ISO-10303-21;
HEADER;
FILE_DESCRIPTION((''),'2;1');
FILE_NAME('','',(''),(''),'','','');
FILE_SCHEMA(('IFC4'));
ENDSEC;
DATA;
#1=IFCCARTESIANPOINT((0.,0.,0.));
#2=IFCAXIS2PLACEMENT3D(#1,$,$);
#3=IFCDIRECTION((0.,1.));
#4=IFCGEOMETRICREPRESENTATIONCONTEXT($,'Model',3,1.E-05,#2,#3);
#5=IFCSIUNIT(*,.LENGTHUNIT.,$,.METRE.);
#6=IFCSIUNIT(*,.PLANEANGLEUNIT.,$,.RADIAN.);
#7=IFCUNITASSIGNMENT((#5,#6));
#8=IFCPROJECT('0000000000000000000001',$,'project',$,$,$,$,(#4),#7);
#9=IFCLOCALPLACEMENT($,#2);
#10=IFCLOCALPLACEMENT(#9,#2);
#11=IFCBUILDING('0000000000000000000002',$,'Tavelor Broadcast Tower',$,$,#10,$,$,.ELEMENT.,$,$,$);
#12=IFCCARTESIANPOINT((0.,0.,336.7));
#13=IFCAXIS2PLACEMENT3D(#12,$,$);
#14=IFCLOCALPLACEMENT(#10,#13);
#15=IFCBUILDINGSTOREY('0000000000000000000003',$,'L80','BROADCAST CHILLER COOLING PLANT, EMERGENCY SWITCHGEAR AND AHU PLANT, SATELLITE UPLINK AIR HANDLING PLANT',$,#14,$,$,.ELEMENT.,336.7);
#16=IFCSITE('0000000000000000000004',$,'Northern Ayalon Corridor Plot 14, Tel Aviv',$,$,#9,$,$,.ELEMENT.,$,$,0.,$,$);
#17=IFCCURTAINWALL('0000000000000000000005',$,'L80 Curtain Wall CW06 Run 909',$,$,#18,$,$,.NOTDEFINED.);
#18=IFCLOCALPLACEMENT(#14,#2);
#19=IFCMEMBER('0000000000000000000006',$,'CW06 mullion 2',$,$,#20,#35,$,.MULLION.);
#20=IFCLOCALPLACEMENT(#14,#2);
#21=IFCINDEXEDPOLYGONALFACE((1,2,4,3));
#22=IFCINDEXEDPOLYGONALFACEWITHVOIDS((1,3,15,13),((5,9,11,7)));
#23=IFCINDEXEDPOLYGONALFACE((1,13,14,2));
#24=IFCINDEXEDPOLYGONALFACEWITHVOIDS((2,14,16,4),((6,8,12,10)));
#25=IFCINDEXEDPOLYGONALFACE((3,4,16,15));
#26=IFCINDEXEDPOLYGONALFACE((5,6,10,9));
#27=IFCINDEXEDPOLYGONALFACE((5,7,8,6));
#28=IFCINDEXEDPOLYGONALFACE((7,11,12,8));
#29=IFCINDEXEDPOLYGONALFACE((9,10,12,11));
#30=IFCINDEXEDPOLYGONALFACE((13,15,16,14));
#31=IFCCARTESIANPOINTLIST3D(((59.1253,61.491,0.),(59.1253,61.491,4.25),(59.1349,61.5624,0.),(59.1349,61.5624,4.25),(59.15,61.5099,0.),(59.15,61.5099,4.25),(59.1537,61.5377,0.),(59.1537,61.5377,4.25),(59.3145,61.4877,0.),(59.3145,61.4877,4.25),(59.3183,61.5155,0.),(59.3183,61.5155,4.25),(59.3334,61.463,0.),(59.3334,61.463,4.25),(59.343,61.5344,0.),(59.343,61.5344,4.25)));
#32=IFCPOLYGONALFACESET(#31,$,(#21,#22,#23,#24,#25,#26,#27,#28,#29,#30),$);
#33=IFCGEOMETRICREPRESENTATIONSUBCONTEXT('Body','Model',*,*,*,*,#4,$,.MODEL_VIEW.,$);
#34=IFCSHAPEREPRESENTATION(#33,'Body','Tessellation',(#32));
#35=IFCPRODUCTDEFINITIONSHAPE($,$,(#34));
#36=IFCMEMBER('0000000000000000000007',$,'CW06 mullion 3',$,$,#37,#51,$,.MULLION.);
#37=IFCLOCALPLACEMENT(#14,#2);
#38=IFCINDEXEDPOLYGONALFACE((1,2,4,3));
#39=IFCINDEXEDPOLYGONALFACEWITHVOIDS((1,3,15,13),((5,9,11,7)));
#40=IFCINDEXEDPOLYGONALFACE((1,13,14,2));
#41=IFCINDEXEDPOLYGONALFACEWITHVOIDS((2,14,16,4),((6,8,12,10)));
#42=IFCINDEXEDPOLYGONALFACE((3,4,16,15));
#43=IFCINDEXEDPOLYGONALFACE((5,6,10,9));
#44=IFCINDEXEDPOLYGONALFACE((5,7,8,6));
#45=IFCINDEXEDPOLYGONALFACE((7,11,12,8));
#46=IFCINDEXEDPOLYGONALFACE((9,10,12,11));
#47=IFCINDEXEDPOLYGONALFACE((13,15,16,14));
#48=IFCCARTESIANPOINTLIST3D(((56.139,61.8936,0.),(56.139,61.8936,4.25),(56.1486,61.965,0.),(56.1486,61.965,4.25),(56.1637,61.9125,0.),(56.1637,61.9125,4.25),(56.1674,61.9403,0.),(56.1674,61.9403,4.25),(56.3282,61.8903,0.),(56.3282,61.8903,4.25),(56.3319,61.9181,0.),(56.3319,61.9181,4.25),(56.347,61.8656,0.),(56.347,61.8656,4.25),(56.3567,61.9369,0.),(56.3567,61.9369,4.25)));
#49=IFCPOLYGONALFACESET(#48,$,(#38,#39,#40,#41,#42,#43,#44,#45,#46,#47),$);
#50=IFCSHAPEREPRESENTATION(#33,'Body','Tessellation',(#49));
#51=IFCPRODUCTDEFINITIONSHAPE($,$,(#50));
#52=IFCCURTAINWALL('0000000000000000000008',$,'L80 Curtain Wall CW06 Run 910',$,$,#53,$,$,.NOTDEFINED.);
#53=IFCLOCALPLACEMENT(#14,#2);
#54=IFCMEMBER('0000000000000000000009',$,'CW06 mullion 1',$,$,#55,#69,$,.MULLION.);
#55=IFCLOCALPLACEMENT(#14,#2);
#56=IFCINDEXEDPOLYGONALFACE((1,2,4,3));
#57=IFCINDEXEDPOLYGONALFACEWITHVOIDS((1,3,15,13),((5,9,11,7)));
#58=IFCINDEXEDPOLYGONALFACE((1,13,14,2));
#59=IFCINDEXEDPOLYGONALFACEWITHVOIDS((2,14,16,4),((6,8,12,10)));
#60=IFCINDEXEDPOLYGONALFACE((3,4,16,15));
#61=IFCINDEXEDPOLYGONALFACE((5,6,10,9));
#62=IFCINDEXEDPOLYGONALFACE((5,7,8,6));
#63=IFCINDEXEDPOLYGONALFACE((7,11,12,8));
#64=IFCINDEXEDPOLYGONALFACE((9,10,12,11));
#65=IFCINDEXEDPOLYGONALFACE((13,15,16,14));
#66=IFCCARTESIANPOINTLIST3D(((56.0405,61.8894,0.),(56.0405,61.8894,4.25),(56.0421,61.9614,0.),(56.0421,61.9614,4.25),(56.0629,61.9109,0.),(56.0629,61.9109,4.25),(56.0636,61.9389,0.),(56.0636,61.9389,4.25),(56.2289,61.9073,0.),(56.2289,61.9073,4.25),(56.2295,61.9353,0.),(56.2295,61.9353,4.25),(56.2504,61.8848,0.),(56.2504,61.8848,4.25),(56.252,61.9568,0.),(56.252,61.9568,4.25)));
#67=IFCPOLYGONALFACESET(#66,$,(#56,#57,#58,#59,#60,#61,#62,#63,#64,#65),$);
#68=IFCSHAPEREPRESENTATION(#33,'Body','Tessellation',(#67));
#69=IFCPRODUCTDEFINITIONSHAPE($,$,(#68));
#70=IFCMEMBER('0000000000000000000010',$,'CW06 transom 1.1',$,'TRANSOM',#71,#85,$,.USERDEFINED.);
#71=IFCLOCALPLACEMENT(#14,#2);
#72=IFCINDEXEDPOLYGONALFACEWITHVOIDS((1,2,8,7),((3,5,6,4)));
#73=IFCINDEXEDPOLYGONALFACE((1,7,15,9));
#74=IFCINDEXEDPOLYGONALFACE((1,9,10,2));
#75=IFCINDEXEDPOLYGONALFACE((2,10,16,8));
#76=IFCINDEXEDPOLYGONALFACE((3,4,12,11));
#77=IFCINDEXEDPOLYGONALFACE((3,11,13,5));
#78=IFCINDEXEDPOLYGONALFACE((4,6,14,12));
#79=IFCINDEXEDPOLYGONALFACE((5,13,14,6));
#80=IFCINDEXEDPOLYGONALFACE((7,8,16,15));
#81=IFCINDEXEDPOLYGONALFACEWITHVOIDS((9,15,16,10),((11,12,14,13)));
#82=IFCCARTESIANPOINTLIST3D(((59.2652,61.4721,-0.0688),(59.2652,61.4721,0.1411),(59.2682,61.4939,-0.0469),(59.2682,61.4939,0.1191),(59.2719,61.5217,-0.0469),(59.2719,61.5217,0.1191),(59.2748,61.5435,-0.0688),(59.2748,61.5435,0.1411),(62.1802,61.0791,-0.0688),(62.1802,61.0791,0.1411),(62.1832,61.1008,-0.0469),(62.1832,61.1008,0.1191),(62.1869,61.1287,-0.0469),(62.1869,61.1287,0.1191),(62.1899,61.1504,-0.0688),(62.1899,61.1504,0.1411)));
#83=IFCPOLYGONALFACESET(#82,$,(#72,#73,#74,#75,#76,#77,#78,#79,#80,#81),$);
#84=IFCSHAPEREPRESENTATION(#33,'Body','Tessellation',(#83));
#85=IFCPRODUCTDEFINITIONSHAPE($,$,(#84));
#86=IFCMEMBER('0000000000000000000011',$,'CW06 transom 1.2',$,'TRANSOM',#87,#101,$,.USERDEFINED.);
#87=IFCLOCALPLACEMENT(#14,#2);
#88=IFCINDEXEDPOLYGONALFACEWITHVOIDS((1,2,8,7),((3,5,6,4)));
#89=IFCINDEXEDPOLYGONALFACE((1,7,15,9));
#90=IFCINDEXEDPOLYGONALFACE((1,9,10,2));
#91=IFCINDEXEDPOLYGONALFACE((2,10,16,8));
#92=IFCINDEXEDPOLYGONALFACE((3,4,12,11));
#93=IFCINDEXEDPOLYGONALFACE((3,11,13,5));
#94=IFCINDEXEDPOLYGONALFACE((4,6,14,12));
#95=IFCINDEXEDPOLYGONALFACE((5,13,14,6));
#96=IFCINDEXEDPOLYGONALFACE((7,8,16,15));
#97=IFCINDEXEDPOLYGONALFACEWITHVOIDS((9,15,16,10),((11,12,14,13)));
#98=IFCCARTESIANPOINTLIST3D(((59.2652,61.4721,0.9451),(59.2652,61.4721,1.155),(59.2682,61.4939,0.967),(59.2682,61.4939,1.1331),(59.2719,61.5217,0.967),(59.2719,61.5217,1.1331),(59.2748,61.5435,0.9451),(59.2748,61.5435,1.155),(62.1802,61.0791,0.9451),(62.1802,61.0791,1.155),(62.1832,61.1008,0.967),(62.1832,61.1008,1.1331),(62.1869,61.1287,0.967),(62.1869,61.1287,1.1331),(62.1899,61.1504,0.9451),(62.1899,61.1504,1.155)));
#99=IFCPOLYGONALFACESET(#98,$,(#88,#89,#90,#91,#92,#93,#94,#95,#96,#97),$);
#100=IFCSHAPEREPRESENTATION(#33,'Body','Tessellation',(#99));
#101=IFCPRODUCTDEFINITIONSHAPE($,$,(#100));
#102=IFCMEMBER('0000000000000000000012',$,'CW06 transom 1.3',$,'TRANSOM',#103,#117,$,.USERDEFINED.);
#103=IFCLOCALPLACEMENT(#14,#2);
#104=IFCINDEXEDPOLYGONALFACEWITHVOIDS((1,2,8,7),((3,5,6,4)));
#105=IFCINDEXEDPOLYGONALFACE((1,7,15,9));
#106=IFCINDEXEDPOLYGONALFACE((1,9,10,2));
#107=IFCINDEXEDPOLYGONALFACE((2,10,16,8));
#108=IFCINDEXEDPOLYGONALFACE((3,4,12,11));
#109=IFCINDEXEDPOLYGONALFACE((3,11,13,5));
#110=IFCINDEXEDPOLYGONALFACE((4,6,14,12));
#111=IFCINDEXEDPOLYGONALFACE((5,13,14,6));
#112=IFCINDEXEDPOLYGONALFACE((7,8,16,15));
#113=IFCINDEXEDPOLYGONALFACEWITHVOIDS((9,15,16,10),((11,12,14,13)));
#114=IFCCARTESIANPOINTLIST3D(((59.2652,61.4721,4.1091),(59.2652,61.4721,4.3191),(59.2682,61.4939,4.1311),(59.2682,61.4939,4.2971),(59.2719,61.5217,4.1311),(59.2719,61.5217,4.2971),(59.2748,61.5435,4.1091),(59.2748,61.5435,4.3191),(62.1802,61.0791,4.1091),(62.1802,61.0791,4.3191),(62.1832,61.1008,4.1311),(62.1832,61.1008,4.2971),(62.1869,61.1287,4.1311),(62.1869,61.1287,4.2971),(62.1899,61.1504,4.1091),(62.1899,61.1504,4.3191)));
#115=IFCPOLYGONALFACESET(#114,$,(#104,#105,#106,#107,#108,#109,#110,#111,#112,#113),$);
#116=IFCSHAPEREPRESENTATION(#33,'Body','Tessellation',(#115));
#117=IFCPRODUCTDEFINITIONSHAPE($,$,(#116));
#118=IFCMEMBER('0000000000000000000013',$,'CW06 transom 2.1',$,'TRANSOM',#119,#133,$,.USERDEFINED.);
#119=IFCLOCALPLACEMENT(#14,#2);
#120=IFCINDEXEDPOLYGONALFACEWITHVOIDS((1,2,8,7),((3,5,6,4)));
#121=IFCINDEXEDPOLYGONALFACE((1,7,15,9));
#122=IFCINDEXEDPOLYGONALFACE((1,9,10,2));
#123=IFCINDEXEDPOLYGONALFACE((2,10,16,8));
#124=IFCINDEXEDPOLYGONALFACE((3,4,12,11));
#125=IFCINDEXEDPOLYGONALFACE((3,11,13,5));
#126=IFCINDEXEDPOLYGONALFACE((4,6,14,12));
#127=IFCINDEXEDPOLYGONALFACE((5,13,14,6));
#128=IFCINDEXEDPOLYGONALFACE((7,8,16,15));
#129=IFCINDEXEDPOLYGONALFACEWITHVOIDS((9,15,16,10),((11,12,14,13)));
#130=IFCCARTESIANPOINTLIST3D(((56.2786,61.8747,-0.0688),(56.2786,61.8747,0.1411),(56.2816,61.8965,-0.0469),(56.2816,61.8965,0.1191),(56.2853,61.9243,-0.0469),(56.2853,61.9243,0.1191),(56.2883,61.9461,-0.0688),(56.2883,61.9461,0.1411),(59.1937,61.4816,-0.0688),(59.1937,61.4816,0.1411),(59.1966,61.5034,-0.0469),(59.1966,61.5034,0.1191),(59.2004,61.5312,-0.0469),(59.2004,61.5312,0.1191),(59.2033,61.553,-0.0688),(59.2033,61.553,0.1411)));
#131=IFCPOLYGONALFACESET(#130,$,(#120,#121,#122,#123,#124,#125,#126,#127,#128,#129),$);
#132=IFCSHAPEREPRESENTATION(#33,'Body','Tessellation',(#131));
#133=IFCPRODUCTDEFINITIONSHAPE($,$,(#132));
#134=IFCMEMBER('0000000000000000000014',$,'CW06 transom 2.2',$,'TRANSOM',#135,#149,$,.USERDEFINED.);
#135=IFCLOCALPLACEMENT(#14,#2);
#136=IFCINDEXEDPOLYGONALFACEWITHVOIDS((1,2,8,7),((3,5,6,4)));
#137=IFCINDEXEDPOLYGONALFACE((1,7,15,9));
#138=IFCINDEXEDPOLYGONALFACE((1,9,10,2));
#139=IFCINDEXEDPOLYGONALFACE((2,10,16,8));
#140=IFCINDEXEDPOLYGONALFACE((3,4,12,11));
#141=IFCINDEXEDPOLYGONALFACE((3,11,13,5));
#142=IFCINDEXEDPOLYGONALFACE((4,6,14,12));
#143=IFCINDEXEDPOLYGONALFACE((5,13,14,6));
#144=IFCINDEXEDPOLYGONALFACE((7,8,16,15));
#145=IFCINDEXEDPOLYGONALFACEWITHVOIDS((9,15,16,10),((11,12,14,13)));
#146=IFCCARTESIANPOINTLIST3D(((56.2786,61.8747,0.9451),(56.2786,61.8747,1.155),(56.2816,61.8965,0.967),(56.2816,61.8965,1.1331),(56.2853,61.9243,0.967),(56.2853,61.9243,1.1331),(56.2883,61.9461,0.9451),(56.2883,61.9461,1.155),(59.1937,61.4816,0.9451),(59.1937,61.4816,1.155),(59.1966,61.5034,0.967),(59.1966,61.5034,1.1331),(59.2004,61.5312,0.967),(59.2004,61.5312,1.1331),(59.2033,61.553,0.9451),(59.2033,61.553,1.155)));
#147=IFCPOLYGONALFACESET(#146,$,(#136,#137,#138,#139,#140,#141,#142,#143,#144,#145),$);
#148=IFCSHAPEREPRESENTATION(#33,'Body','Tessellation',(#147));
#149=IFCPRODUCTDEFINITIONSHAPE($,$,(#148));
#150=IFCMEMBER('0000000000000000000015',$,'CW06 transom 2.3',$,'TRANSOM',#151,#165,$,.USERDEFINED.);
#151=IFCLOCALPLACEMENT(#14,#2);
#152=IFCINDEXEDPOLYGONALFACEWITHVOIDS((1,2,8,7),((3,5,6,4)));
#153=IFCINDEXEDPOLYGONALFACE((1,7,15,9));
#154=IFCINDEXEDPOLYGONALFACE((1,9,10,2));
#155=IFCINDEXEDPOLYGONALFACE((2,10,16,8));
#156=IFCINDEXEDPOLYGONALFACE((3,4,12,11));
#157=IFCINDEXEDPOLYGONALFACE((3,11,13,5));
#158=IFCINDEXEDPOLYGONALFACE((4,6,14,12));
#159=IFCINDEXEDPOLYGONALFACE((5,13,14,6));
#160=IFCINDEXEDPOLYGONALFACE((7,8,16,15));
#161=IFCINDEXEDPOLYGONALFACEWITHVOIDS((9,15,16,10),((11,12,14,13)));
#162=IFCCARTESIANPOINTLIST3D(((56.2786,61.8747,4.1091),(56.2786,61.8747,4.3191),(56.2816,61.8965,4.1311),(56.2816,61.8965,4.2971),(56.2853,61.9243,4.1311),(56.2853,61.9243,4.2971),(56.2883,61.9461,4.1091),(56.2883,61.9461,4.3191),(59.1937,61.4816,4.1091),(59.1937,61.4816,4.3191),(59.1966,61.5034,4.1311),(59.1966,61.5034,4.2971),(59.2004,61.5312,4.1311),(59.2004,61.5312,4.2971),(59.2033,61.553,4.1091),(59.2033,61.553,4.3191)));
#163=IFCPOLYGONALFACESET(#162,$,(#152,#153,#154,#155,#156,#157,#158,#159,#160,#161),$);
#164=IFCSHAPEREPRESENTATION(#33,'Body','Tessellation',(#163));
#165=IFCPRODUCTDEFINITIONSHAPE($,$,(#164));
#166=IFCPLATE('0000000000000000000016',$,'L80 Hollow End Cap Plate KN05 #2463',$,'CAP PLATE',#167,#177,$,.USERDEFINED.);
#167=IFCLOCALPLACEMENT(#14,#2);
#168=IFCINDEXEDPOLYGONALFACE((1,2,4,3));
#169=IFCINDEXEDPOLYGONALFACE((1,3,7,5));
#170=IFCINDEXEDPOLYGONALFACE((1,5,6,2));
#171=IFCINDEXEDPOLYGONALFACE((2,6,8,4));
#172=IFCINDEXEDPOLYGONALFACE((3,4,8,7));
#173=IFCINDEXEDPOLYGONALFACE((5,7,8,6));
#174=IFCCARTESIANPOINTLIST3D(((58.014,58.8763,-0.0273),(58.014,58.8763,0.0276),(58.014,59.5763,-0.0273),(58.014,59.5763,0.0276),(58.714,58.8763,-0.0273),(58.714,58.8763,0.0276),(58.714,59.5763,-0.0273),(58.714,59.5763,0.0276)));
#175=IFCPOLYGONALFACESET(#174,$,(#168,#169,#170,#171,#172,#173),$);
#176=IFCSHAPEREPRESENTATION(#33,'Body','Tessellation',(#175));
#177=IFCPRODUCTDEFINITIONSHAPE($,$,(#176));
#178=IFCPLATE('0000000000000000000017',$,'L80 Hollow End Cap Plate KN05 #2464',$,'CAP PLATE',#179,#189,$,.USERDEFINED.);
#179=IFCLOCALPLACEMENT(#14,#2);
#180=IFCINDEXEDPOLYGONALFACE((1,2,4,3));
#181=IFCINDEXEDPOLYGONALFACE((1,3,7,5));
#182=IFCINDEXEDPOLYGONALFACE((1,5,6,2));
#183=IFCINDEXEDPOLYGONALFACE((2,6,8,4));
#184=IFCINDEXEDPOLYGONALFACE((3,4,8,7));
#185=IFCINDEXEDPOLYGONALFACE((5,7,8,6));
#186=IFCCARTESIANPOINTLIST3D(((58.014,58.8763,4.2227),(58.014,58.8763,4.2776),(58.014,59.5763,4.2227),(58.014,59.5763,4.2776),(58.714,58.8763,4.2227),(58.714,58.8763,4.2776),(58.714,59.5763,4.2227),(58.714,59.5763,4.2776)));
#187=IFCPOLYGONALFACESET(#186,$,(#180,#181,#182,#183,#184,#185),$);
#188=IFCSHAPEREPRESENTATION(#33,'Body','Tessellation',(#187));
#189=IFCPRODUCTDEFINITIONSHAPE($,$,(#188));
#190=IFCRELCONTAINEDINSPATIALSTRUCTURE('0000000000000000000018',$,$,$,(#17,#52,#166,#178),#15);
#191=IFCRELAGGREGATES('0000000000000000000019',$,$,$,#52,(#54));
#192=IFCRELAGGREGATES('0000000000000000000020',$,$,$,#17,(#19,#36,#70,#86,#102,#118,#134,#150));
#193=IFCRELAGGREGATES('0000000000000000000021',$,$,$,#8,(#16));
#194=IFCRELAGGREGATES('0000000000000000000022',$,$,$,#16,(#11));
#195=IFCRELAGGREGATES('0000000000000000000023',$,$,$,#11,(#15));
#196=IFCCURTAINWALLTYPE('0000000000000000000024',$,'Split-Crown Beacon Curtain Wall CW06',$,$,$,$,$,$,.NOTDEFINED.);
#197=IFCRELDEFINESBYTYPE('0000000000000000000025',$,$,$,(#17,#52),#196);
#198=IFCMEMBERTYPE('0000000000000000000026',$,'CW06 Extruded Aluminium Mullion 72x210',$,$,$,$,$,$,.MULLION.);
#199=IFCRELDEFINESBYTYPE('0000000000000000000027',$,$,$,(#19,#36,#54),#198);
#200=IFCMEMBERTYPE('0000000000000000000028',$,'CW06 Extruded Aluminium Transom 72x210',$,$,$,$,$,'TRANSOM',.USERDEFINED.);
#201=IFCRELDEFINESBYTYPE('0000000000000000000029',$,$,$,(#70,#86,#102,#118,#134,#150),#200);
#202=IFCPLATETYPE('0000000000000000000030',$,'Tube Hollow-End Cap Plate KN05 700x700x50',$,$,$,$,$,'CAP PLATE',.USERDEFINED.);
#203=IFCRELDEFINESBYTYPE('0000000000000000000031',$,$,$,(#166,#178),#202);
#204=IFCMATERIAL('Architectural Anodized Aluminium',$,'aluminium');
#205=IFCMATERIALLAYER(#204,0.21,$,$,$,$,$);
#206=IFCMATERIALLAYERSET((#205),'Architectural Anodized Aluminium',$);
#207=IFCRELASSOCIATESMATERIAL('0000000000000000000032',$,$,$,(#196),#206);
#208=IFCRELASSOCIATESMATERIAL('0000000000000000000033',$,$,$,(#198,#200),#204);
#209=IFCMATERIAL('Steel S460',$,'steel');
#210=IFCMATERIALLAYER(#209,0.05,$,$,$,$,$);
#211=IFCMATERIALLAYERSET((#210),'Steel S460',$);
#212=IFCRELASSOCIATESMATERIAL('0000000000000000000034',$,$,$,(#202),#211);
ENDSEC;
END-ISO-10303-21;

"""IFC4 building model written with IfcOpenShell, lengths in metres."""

from ifc_helpers import new_model, si_unit, direction, frame, origin, origin_2d, place, context, subcontext, project, spatial, rectangle, hollow_rectangle, extrude, source, transform, mapped, material, layer, layer_set, material_profile, profile_set, type_object, type_shapes, element, aggregate, save


model = new_model("IFC4")

# Units and contexts
model_context = context("Model", 3, precision=1e-05, world=origin(), true_north=direction((0.0, 1.0)))
body_context = subcontext(model_context, "Body", "Model", "MODEL_VIEW")
ifc_project = project(units=[si_unit("LENGTHUNIT", "METRE"), si_unit("PLANEANGLEUNIT", "RADIAN")], contexts=[model_context])

# Site, building, storey
site_placement = place(None, origin())
site = spatial("IfcSite", under=ifc_project, at=site_placement, Name="Northern Ayalon Corridor Plot 14, Tel Aviv", CompositionType="ELEMENT", RefElevation=0.0)
building_placement = place(site_placement, origin())
building = spatial("IfcBuilding", under=site, at=building_placement, Name="Tavelor Broadcast Tower", CompositionType="ELEMENT")
storey_placement = place(building_placement, frame((0.0, 0.0, 336.7)))
storey = spatial("IfcBuildingStorey", under=building, at=storey_placement, Name="L80", Description="BROADCAST CHILLER COOLING PLANT, EMERGENCY SWITCHGEAR AND AHU PLANT, SATELLITE UPLINK AIR HANDLING PLANT", CompositionType="ELEMENT", Elevation=336.7)

# Shared definitions
ifc_material_1 = material(Name="Architectural Anodized Aluminium", Category="aluminium")
ifc_layer_1 = layer(ifc_material_1, 0.21)
ifc_layer_set_1 = layer_set([ifc_layer_1], Name="Architectural Anodized Aluminium")
curtain_wall_type = type_object("IfcCurtainWallType", Name="Split-Crown Beacon Curtain Wall CW06", PredefinedType="NOTDEFINED", material=ifc_layer_set_1)
ifc_material_profile_1 = material_profile(ifc_material_1, hollow_rectangle(XDim=0.072, YDim=0.21, WallThickness=0.022, at=origin_2d()), Name="RHS 72x210x22")
ifc_profile_set_1 = profile_set([ifc_material_profile_1], Name="Architectural Anodized Aluminium")
member_type_1 = type_object("IfcMemberType", Name="CW06 Extruded Aluminium Mullion 72x210", PredefinedType="MULLION", material=ifc_profile_set_1)
shared_shape_1 = source(origin(), body_context, "Body", "SweptSolid", [
    extrude(hollow_rectangle(XDim=0.072, YDim=0.21, WallThickness=0.022, at=origin_2d()), origin(), (0.0, 0.0, 1.0), 4.25),
])
type_shapes(member_type_1, [shared_shape_1])

# Curtain wall, members
curtain_wall_1_placement = place(storey_placement, origin())
curtain_wall_1 = element("IfcCurtainWall", 1, at=curtain_wall_1_placement, inside=storey, type_object=curtain_wall_type, Name="L80 Curtain Wall CW06 Run 909", PredefinedType="NOTDEFINED")
member_1_placement = place(storey_placement, frame((59.2341, 61.5127, 0.0), z_axis=(0.0, 0.0, 1.0), x_axis=(-0.133628, -0.991031, 0.0)))
member_1 = element("IfcMember", 2, at=member_1_placement, type_object=member_type_1, Name="CW06 mullion 2", PredefinedType="MULLION", context=body_context, shape_type="MappedRepresentation", body=[
    mapped(shared_shape_1, transform((0.0, 0.0, 0.0), scale=1.0)),
])
member_2_placement = place(storey_placement, frame((56.2478, 61.9153, 0.0), z_axis=(0.0, 0.0, 1.0), x_axis=(-0.133628, -0.991031, 0.0)))
member_2 = element("IfcMember", 3, at=member_2_placement, type_object=member_type_1, Name="CW06 mullion 3", PredefinedType="MULLION", context=body_context, shape_type="MappedRepresentation", body=[
    mapped(shared_shape_1, transform((0.0, 0.0, 0.0), scale=1.0)),
])

# Curtain wall, member
curtain_wall_2_placement = place(storey_placement, origin())
curtain_wall_2 = element("IfcCurtainWall", 4, at=curtain_wall_2_placement, inside=storey, type_object=curtain_wall_type, Name="L80 Curtain Wall CW06 Run 910", PredefinedType="NOTDEFINED")
member_3_placement = place(storey_placement, frame((56.1462, 61.9231, 0.0), z_axis=(0.0, 0.0, 1.0), x_axis=(-0.021786, -0.999763, 0.0)))
member_3 = element("IfcMember", 5, at=member_3_placement, type_object=member_type_1, Name="CW06 mullion 1", PredefinedType="MULLION", context=body_context, shape_type="MappedRepresentation", body=[
    mapped(shared_shape_1, transform((0.0, 0.0, 0.0), scale=1.0)),
])
aggregate(curtain_wall_2, [member_3])

# Members
ifc_material_profile_2 = material_profile(ifc_material_1, hollow_rectangle(XDim=0.072, YDim=0.21, WallThickness=0.022, at=origin_2d()), Name="RHS 72x210x22")
ifc_profile_set_2 = profile_set([ifc_material_profile_2], Name="Architectural Anodized Aluminium")
member_type_2 = type_object("IfcMemberType", Name="CW06 Extruded Aluminium Transom 72x210", ElementType="TRANSOM", PredefinedType="USERDEFINED", material=ifc_profile_set_2)
shared_shape_2 = source(origin(), body_context, "Body", "SweptSolid", [
    extrude(hollow_rectangle(XDim=0.072, YDim=0.21, WallThickness=0.022, at=origin_2d()), origin(), (0.0, 0.0, 1.0), 2.9414),
])
type_shapes(member_type_2, [shared_shape_2])
member_4_placement = place(storey_placement, frame((62.1851, 61.1147, 0.0361), z_axis=(-0.991031, 0.133631, 0.0), x_axis=(-0.133631, -0.991031, 0.0)))
member_4 = element("IfcMember", 6, at=member_4_placement, type_object=member_type_2, Name="CW06 transom 1.1", ObjectType="TRANSOM", PredefinedType="USERDEFINED", context=body_context, shape_type="MappedRepresentation", body=[
    mapped(shared_shape_2, transform((0.0, 0.0, 0.0), scale=1.0)),
])
member_5_placement = place(storey_placement, frame((62.1851, 61.1147, 1.05), z_axis=(-0.991031, 0.133631, 0.0), x_axis=(-0.133631, -0.991031, 0.0)))
member_5 = element("IfcMember", 7, at=member_5_placement, type_object=member_type_2, Name="CW06 transom 1.2", ObjectType="TRANSOM", PredefinedType="USERDEFINED", context=body_context, shape_type="MappedRepresentation", body=[
    mapped(shared_shape_2, transform((0.0, 0.0, 0.0), scale=1.0)),
])
member_6_placement = place(storey_placement, frame((62.1851, 61.1147, 4.2141), z_axis=(-0.991031, 0.133631, 0.0), x_axis=(-0.133631, -0.991031, 0.0)))
member_6 = element("IfcMember", 8, at=member_6_placement, type_object=member_type_2, Name="CW06 transom 1.3", ObjectType="TRANSOM", PredefinedType="USERDEFINED", context=body_context, shape_type="MappedRepresentation", body=[
    mapped(shared_shape_2, transform((0.0, 0.0, 0.0), scale=1.0)),
])
member_7_placement = place(storey_placement, frame((59.1985, 61.5173, 0.0361), z_axis=(-0.991031, 0.133631, 0.0), x_axis=(-0.133631, -0.991031, 0.0)))
member_7 = element("IfcMember", 9, at=member_7_placement, type_object=member_type_2, Name="CW06 transom 2.1", ObjectType="TRANSOM", PredefinedType="USERDEFINED", context=body_context, shape_type="MappedRepresentation", body=[
    mapped(shared_shape_2, transform((0.0, 0.0, 0.0), scale=1.0)),
])
member_8_placement = place(storey_placement, frame((59.1985, 61.5173, 1.05), z_axis=(-0.991031, 0.133631, 0.0), x_axis=(-0.133631, -0.991031, 0.0)))
member_8 = element("IfcMember", 10, at=member_8_placement, type_object=member_type_2, Name="CW06 transom 2.2", ObjectType="TRANSOM", PredefinedType="USERDEFINED", context=body_context, shape_type="MappedRepresentation", body=[
    mapped(shared_shape_2, transform((0.0, 0.0, 0.0), scale=1.0)),
])
member_9_placement = place(storey_placement, frame((59.1985, 61.5173, 4.2141), z_axis=(-0.991031, 0.133631, 0.0), x_axis=(-0.133631, -0.991031, 0.0)))
member_9 = element("IfcMember", 11, at=member_9_placement, type_object=member_type_2, Name="CW06 transom 2.3", ObjectType="TRANSOM", PredefinedType="USERDEFINED", context=body_context, shape_type="MappedRepresentation", body=[
    mapped(shared_shape_2, transform((0.0, 0.0, 0.0), scale=1.0)),
])

# Plates
ifc_material_2 = material(Name="Steel S460", Category="steel")
ifc_layer_2 = layer(ifc_material_2, 0.05)
ifc_layer_set_2 = layer_set([ifc_layer_2], Name="Steel S460")
plate_type_1 = type_object("IfcPlateType", Name="Tube Hollow-End Cap Plate KN05 700x700x50", ElementType="CAP PLATE", PredefinedType="USERDEFINED", material=ifc_layer_set_2)
shared_shape_3 = source(origin(), body_context, "Body", "SweptSolid", [
    extrude(rectangle(XDim=0.7, YDim=0.7, at=origin_2d()), origin(), (0.0, 0.0, 1.0), 0.0549),
])
type_shapes(plate_type_1, [shared_shape_3])
for number, where, z_axis, x_axis, name in (
    (12, (58.364, 59.2263, -0.0273), (0.0, 0.0, 1.0), (1.0, 0.0, 0.0), "L80 Hollow End Cap Plate KN05 #2463"),
    (13, (58.364, 59.2263, 4.2227), (0.0, 0.0, 1.0), (1.0, 0.0, 0.0), "L80 Hollow End Cap Plate KN05 #2464"),
):
    element("IfcPlate", number, at=place(storey_placement, frame(where, z_axis=z_axis, x_axis=x_axis)), inside=storey, type_object=plate_type_1, Name=name, ObjectType="CAP PLATE", PredefinedType="USERDEFINED", context=body_context, shape_type="MappedRepresentation", body=[
        mapped(shared_shape_3, transform((0.0, 0.0, 0.0), scale=1.0)),
    ])

aggregate(curtain_wall_1, [member_1, member_2, member_4, member_5, member_6, member_7, member_8, member_9])

save(model, "model.ifc")
